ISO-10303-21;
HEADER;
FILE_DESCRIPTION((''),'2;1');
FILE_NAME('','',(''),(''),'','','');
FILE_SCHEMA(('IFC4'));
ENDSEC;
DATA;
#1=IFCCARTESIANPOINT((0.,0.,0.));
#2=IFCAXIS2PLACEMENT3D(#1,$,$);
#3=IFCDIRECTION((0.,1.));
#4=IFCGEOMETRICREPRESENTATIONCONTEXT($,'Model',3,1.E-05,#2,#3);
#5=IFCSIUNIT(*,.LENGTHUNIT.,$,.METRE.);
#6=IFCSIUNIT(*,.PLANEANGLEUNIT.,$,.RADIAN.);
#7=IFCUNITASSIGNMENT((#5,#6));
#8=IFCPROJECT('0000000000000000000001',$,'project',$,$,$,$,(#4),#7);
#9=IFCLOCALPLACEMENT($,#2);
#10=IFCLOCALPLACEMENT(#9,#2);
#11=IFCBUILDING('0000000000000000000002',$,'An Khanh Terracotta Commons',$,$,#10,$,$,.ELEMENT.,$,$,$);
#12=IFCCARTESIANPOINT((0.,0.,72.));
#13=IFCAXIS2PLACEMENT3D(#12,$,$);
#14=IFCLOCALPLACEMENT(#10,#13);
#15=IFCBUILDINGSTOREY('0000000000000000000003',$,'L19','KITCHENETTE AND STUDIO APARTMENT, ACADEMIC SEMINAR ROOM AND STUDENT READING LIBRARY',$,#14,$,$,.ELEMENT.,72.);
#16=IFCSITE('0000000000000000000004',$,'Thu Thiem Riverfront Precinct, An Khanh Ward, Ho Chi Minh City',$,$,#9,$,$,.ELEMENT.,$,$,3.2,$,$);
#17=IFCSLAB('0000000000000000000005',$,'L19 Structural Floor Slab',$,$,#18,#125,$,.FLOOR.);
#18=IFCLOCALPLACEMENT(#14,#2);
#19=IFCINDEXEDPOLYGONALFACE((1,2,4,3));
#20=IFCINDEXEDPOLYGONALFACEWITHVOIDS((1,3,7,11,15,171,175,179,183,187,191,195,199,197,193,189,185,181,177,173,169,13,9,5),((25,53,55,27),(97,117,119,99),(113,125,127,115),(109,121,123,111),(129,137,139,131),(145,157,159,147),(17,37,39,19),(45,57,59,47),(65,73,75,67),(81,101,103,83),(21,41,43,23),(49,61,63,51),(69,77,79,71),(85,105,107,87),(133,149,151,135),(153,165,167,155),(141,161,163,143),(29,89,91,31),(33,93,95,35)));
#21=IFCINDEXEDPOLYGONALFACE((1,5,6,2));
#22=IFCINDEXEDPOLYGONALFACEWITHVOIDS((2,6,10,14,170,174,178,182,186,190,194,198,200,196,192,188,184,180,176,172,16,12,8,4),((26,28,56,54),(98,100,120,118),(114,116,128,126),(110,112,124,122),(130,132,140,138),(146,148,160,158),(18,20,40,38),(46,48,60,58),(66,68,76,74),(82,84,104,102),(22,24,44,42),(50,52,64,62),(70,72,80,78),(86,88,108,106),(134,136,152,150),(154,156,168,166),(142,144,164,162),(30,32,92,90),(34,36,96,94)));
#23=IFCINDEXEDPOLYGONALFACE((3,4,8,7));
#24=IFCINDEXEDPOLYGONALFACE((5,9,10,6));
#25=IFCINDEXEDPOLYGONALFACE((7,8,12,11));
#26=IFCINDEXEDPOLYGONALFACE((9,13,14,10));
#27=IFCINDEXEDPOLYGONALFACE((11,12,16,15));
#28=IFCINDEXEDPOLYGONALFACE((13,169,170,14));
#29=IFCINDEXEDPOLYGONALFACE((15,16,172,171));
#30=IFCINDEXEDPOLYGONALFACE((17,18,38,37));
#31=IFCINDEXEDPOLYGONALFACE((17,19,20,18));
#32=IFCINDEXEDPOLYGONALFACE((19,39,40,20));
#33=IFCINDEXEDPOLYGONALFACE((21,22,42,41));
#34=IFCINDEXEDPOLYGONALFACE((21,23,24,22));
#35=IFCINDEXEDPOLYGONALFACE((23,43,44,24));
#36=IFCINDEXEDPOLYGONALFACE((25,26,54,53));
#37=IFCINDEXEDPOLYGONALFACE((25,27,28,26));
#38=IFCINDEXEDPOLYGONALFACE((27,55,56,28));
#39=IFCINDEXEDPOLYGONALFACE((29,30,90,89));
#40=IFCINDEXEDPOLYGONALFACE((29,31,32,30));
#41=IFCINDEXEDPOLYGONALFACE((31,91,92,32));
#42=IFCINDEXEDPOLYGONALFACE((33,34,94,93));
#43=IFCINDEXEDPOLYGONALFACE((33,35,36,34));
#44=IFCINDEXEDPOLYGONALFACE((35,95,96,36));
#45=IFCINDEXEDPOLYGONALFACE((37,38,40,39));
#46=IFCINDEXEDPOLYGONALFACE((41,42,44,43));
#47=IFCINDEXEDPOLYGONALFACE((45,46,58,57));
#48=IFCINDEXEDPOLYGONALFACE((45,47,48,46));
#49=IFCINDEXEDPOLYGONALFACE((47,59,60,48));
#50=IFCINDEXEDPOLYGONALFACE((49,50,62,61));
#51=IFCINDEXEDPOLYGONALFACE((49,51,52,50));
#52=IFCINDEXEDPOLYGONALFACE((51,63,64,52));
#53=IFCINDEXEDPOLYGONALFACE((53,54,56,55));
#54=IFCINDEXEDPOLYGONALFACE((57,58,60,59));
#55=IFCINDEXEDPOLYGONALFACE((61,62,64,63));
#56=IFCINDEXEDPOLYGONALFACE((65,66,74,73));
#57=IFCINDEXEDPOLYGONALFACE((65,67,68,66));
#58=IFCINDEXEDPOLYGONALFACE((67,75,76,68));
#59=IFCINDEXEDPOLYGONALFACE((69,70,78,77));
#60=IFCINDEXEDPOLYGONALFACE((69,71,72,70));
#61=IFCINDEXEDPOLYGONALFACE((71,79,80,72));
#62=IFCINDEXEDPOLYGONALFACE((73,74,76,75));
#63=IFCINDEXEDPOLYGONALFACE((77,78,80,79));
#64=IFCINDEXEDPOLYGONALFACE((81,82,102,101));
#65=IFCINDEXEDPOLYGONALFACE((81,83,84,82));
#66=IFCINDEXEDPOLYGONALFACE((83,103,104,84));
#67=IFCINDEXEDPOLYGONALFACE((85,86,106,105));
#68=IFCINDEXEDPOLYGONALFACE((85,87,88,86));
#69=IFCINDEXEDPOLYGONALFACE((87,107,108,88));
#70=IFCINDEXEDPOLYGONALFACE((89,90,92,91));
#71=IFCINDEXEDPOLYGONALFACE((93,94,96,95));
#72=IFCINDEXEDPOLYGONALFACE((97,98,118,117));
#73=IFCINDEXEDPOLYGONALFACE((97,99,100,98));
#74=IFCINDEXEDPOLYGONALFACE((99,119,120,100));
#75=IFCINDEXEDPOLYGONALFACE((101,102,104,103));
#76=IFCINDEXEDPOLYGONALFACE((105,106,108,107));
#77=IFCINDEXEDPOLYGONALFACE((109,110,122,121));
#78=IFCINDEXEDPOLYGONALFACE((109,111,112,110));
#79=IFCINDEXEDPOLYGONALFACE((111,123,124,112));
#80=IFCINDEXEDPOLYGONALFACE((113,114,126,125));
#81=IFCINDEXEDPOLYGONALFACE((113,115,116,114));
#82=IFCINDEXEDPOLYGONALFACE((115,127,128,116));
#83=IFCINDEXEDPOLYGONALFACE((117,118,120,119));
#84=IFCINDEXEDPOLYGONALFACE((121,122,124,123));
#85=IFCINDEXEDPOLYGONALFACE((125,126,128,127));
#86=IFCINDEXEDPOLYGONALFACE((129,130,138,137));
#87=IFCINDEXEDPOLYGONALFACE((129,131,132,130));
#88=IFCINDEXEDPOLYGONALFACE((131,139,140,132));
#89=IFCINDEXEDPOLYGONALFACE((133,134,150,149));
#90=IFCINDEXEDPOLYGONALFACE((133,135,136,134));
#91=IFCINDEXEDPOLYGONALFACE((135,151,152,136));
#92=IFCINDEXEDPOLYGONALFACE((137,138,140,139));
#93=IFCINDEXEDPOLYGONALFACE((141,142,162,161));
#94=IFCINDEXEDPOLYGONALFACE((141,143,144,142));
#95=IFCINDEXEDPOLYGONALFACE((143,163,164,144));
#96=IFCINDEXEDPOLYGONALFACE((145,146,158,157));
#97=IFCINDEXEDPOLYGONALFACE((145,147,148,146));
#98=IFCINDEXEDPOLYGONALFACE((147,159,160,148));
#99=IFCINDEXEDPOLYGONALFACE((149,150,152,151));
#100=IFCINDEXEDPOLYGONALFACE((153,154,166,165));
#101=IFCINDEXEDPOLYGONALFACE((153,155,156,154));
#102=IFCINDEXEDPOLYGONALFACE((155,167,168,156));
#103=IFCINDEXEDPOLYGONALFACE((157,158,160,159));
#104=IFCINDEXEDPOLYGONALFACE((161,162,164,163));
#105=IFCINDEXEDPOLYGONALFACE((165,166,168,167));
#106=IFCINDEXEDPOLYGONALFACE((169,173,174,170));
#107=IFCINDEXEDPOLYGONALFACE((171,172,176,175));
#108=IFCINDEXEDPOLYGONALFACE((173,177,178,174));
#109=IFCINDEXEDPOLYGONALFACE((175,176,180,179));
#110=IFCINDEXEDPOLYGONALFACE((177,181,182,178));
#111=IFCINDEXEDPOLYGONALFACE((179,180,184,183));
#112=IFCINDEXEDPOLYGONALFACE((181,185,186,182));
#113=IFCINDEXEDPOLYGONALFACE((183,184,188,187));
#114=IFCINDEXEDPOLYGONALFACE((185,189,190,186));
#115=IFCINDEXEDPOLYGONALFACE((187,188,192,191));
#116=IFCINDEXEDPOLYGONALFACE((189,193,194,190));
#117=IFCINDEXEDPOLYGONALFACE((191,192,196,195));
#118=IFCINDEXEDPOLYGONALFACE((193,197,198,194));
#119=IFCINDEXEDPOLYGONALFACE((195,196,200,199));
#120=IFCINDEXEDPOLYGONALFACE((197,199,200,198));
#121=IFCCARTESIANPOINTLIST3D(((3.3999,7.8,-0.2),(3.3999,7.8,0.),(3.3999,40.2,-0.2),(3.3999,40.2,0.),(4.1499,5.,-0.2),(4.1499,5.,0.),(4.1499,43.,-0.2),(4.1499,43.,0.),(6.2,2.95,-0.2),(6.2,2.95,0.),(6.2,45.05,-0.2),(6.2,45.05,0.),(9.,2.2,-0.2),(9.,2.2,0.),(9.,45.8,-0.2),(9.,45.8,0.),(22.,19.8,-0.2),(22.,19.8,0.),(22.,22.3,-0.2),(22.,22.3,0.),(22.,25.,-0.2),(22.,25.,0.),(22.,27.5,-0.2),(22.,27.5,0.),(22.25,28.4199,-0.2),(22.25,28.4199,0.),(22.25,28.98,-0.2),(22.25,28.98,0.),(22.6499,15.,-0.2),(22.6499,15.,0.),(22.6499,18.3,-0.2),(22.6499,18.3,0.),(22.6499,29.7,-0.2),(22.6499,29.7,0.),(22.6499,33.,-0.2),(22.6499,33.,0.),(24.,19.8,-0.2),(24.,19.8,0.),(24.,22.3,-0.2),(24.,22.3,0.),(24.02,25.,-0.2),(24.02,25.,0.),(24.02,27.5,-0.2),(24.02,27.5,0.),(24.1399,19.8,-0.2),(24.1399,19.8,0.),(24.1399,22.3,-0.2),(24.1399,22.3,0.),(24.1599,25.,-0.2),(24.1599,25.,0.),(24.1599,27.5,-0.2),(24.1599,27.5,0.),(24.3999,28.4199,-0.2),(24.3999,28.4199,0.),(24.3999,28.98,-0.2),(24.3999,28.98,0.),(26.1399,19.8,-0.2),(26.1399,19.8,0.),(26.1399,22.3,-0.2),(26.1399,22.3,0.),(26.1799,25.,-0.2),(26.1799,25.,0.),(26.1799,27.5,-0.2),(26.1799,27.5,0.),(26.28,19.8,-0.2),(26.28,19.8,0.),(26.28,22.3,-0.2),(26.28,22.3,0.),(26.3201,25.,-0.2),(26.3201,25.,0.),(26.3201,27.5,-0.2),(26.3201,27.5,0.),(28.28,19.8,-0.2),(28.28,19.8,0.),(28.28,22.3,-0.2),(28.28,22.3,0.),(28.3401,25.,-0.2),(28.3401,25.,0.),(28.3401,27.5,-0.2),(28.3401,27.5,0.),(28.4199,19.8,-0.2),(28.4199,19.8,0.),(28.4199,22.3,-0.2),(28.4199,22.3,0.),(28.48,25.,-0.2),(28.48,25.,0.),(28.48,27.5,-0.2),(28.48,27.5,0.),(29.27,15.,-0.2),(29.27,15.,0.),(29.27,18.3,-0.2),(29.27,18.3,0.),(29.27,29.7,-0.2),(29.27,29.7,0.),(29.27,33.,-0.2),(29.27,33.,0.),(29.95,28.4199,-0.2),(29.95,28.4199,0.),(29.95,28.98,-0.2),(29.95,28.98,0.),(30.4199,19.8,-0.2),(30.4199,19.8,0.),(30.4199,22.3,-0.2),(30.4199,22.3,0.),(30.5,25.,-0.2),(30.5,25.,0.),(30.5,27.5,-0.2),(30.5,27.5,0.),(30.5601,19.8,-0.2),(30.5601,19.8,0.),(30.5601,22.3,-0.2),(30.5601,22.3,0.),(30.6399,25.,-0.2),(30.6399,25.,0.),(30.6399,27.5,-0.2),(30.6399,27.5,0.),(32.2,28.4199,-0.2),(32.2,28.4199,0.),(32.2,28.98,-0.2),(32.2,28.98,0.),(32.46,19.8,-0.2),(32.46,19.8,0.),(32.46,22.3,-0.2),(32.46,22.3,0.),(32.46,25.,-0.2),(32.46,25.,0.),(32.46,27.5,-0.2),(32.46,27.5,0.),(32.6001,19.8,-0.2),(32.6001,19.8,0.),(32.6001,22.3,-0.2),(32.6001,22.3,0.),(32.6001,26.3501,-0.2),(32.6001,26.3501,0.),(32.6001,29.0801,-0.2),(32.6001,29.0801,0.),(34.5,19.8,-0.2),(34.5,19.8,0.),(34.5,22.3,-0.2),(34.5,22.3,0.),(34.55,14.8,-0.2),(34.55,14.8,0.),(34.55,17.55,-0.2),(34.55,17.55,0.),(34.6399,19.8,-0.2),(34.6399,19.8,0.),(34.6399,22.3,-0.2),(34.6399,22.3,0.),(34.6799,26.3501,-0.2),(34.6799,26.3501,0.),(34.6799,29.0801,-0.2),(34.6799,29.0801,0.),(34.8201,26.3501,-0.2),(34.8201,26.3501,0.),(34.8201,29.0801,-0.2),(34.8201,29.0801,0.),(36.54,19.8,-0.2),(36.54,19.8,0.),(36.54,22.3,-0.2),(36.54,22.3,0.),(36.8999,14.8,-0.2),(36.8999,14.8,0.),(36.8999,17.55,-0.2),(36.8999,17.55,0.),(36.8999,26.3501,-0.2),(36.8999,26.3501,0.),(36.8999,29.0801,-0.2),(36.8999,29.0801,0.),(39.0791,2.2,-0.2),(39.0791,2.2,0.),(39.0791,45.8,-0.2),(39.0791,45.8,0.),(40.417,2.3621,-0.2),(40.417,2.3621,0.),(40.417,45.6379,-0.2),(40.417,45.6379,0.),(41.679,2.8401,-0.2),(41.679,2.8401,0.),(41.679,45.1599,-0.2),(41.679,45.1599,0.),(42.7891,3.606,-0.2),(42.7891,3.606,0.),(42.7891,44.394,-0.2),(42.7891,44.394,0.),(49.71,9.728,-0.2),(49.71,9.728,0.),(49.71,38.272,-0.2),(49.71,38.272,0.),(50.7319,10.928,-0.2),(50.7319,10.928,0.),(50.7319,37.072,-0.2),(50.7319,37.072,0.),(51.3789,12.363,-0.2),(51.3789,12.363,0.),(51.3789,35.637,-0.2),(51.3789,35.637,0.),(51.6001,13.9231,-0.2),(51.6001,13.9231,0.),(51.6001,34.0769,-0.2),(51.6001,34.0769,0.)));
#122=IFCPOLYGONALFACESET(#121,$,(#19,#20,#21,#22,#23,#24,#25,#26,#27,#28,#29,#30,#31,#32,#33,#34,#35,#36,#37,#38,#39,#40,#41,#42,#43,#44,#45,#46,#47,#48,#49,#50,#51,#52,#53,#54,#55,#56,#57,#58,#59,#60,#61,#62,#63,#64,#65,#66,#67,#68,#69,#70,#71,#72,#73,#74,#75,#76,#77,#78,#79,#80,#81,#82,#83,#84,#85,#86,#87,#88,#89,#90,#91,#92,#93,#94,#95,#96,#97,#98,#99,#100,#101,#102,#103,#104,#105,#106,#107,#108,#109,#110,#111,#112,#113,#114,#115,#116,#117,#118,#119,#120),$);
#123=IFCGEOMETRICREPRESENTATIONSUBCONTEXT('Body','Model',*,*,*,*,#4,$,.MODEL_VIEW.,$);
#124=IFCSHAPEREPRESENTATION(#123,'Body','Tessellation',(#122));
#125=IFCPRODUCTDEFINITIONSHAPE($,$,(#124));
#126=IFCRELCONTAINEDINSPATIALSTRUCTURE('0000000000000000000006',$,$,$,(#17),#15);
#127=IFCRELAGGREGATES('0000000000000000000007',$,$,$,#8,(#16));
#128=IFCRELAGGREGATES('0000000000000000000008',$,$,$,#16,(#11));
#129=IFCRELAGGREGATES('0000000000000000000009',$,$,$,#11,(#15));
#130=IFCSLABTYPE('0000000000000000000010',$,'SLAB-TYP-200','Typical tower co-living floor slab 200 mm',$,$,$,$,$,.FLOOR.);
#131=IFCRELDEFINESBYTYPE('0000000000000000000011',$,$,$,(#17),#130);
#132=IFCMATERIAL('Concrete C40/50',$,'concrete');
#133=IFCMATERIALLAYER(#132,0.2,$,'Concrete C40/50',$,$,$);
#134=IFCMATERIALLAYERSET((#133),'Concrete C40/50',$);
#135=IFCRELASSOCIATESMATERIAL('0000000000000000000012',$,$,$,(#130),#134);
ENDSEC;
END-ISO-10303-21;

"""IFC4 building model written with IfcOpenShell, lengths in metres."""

from ifc_helpers import new_model, si_unit, direction, frame, origin, place, context, subcontext, project, spatial, polyline, outline, extrude, material, layer, layer_set, type_object, element, save


model = new_model("IFC4")

# Units and contexts
model_context = context("Model", 3, precision=1e-05, world=origin(), true_north=direction((0.0, 1.0)))
body_context = subcontext(model_context, "Body", "Model", "MODEL_VIEW")
ifc_project = project(units=[si_unit("LENGTHUNIT", "METRE"), si_unit("PLANEANGLEUNIT", "RADIAN")], contexts=[model_context])

# Site, building, storey
site_placement = place(None, origin())
site = spatial("IfcSite", under=ifc_project, at=site_placement, Name="Thu Thiem Riverfront Precinct, An Khanh Ward, Ho Chi Minh City", CompositionType="ELEMENT", RefElevation=3.2)
building_placement = place(site_placement, origin())
building = spatial("IfcBuilding", under=site, at=building_placement, Name="An Khanh Terracotta Commons", CompositionType="ELEMENT")
storey_placement = place(building_placement, frame((0.0, 0.0, 72.0)))
storey = spatial("IfcBuildingStorey", under=building, at=storey_placement, Name="L19", Description="KITCHENETTE AND STUDIO APARTMENT, ACADEMIC SEMINAR ROOM AND STUDENT READING LIBRARY", CompositionType="ELEMENT", Elevation=72.0)

# Shared definitions
ifc_material_1 = material(Name="Concrete C40/50", Category="concrete")

# Slab
ifc_layer_1 = layer(ifc_material_1, 0.2, Name="Concrete C40/50")
ifc_layer_set_1 = layer_set([ifc_layer_1], Name="Concrete C40/50")
slab_type_1 = type_object("IfcSlabType", Name="SLAB-TYP-200", Description="Typical tower co-living floor slab 200 mm", PredefinedType="FLOOR", material=ifc_layer_set_1)
slab_1_placement = place(storey_placement, frame((0.0, 0.0, -0.2)))
element("IfcSlab", 1, at=slab_1_placement, inside=storey, type_object=slab_type_1, Name="L19 Structural Floor Slab", PredefinedType="FLOOR", context=body_context, shape_type="SweptSolid", body=[
    extrude(outline(polyline([(3.3999, 7.8), (4.1499, 5.0), (6.2, 2.95), (9.0, 2.2), (39.0791, 2.2), (40.417, 2.3621), (41.679, 2.8401), (42.7891, 3.606), (49.71, 9.728), (50.7319, 10.928), (51.3789, 12.363), (51.6001, 13.9231), (51.6001, 34.0769), (51.3789, 35.637), (50.7319, 37.072), (49.71, 38.272), (42.7891, 44.394), (41.679, 45.1599), (40.417, 45.6379), (39.0791, 45.8), (9.0, 45.8), (6.2, 45.05), (4.1499, 43.0), (3.3999, 40.2), (3.3999, 7.8)]), holes=[polyline([(22.6499, 29.7), (29.27, 29.7), (29.27, 33.0), (22.6499, 33.0), (22.6499, 29.7)]), polyline([(22.6499, 15.0), (29.27, 15.0), (29.27, 18.3), (22.6499, 18.3), (22.6499, 15.0)]), polyline([(32.6001, 26.3501), (34.6799, 26.3501), (34.6799, 29.0801), (32.6001, 29.0801), (32.6001, 26.3501)]), polyline([(34.8201, 26.3501), (36.8999, 26.3501), (36.8999, 29.0801), (34.8201, 29.0801), (34.8201, 26.3501)]), polyline([(34.55, 14.8), (36.8999, 14.8), (36.8999, 17.55), (34.55, 17.55), (34.55, 14.8)]), polyline([(22.0, 25.0), (24.02, 25.0), (24.02, 27.5), (22.0, 27.5), (22.0, 25.0)]), polyline([(24.1599, 25.0), (26.1799, 25.0), (26.1799, 27.5), (24.1599, 27.5), (24.1599, 25.0)]), polyline([(22.0, 19.8), (24.0, 19.8), (24.0, 22.3), (22.0, 22.3), (22.0, 19.8)]), polyline([(24.1399, 19.8), (26.1399, 19.8), (26.1399, 22.3), (24.1399, 22.3), (24.1399, 19.8)]), polyline([(26.3201, 25.0), (28.3401, 25.0), (28.3401, 27.5), (26.3201, 27.5), (26.3201, 25.0)]), polyline([(28.48, 25.0), (30.5, 25.0), (30.5, 27.5), (28.48, 27.5), (28.48, 25.0)]), polyline([(26.28, 19.8), (28.28, 19.8), (28.28, 22.3), (26.28, 22.3), (26.28, 19.8)]), polyline([(28.4199, 19.8), (30.4199, 19.8), (30.4199, 22.3), (28.4199, 22.3), (28.4199, 19.8)]), polyline([(30.6399, 25.0), (32.46, 25.0), (32.46, 27.5), (30.6399, 27.5), (30.6399, 25.0)]), polyline([(30.5601, 19.8), (32.46, 19.8), (32.46, 22.3), (30.5601, 22.3), (30.5601, 19.8)]), polyline([(32.6001, 19.8), (34.5, 19.8), (34.5, 22.3), (32.6001, 22.3), (32.6001, 19.8)]), polyline([(34.6399, 19.8), (36.54, 19.8), (36.54, 22.3), (34.6399, 22.3), (34.6399, 19.8)]), polyline([(22.25, 28.4199), (24.3999, 28.4199), (24.3999, 28.98), (22.25, 28.98), (22.25, 28.4199)]), polyline([(29.95, 28.4199), (32.2, 28.4199), (32.2, 28.98), (29.95, 28.98), (29.95, 28.4199)])]), origin(), (0.0, 0.0, 1.0), 0.2),
])

save(model, "model.ifc")
